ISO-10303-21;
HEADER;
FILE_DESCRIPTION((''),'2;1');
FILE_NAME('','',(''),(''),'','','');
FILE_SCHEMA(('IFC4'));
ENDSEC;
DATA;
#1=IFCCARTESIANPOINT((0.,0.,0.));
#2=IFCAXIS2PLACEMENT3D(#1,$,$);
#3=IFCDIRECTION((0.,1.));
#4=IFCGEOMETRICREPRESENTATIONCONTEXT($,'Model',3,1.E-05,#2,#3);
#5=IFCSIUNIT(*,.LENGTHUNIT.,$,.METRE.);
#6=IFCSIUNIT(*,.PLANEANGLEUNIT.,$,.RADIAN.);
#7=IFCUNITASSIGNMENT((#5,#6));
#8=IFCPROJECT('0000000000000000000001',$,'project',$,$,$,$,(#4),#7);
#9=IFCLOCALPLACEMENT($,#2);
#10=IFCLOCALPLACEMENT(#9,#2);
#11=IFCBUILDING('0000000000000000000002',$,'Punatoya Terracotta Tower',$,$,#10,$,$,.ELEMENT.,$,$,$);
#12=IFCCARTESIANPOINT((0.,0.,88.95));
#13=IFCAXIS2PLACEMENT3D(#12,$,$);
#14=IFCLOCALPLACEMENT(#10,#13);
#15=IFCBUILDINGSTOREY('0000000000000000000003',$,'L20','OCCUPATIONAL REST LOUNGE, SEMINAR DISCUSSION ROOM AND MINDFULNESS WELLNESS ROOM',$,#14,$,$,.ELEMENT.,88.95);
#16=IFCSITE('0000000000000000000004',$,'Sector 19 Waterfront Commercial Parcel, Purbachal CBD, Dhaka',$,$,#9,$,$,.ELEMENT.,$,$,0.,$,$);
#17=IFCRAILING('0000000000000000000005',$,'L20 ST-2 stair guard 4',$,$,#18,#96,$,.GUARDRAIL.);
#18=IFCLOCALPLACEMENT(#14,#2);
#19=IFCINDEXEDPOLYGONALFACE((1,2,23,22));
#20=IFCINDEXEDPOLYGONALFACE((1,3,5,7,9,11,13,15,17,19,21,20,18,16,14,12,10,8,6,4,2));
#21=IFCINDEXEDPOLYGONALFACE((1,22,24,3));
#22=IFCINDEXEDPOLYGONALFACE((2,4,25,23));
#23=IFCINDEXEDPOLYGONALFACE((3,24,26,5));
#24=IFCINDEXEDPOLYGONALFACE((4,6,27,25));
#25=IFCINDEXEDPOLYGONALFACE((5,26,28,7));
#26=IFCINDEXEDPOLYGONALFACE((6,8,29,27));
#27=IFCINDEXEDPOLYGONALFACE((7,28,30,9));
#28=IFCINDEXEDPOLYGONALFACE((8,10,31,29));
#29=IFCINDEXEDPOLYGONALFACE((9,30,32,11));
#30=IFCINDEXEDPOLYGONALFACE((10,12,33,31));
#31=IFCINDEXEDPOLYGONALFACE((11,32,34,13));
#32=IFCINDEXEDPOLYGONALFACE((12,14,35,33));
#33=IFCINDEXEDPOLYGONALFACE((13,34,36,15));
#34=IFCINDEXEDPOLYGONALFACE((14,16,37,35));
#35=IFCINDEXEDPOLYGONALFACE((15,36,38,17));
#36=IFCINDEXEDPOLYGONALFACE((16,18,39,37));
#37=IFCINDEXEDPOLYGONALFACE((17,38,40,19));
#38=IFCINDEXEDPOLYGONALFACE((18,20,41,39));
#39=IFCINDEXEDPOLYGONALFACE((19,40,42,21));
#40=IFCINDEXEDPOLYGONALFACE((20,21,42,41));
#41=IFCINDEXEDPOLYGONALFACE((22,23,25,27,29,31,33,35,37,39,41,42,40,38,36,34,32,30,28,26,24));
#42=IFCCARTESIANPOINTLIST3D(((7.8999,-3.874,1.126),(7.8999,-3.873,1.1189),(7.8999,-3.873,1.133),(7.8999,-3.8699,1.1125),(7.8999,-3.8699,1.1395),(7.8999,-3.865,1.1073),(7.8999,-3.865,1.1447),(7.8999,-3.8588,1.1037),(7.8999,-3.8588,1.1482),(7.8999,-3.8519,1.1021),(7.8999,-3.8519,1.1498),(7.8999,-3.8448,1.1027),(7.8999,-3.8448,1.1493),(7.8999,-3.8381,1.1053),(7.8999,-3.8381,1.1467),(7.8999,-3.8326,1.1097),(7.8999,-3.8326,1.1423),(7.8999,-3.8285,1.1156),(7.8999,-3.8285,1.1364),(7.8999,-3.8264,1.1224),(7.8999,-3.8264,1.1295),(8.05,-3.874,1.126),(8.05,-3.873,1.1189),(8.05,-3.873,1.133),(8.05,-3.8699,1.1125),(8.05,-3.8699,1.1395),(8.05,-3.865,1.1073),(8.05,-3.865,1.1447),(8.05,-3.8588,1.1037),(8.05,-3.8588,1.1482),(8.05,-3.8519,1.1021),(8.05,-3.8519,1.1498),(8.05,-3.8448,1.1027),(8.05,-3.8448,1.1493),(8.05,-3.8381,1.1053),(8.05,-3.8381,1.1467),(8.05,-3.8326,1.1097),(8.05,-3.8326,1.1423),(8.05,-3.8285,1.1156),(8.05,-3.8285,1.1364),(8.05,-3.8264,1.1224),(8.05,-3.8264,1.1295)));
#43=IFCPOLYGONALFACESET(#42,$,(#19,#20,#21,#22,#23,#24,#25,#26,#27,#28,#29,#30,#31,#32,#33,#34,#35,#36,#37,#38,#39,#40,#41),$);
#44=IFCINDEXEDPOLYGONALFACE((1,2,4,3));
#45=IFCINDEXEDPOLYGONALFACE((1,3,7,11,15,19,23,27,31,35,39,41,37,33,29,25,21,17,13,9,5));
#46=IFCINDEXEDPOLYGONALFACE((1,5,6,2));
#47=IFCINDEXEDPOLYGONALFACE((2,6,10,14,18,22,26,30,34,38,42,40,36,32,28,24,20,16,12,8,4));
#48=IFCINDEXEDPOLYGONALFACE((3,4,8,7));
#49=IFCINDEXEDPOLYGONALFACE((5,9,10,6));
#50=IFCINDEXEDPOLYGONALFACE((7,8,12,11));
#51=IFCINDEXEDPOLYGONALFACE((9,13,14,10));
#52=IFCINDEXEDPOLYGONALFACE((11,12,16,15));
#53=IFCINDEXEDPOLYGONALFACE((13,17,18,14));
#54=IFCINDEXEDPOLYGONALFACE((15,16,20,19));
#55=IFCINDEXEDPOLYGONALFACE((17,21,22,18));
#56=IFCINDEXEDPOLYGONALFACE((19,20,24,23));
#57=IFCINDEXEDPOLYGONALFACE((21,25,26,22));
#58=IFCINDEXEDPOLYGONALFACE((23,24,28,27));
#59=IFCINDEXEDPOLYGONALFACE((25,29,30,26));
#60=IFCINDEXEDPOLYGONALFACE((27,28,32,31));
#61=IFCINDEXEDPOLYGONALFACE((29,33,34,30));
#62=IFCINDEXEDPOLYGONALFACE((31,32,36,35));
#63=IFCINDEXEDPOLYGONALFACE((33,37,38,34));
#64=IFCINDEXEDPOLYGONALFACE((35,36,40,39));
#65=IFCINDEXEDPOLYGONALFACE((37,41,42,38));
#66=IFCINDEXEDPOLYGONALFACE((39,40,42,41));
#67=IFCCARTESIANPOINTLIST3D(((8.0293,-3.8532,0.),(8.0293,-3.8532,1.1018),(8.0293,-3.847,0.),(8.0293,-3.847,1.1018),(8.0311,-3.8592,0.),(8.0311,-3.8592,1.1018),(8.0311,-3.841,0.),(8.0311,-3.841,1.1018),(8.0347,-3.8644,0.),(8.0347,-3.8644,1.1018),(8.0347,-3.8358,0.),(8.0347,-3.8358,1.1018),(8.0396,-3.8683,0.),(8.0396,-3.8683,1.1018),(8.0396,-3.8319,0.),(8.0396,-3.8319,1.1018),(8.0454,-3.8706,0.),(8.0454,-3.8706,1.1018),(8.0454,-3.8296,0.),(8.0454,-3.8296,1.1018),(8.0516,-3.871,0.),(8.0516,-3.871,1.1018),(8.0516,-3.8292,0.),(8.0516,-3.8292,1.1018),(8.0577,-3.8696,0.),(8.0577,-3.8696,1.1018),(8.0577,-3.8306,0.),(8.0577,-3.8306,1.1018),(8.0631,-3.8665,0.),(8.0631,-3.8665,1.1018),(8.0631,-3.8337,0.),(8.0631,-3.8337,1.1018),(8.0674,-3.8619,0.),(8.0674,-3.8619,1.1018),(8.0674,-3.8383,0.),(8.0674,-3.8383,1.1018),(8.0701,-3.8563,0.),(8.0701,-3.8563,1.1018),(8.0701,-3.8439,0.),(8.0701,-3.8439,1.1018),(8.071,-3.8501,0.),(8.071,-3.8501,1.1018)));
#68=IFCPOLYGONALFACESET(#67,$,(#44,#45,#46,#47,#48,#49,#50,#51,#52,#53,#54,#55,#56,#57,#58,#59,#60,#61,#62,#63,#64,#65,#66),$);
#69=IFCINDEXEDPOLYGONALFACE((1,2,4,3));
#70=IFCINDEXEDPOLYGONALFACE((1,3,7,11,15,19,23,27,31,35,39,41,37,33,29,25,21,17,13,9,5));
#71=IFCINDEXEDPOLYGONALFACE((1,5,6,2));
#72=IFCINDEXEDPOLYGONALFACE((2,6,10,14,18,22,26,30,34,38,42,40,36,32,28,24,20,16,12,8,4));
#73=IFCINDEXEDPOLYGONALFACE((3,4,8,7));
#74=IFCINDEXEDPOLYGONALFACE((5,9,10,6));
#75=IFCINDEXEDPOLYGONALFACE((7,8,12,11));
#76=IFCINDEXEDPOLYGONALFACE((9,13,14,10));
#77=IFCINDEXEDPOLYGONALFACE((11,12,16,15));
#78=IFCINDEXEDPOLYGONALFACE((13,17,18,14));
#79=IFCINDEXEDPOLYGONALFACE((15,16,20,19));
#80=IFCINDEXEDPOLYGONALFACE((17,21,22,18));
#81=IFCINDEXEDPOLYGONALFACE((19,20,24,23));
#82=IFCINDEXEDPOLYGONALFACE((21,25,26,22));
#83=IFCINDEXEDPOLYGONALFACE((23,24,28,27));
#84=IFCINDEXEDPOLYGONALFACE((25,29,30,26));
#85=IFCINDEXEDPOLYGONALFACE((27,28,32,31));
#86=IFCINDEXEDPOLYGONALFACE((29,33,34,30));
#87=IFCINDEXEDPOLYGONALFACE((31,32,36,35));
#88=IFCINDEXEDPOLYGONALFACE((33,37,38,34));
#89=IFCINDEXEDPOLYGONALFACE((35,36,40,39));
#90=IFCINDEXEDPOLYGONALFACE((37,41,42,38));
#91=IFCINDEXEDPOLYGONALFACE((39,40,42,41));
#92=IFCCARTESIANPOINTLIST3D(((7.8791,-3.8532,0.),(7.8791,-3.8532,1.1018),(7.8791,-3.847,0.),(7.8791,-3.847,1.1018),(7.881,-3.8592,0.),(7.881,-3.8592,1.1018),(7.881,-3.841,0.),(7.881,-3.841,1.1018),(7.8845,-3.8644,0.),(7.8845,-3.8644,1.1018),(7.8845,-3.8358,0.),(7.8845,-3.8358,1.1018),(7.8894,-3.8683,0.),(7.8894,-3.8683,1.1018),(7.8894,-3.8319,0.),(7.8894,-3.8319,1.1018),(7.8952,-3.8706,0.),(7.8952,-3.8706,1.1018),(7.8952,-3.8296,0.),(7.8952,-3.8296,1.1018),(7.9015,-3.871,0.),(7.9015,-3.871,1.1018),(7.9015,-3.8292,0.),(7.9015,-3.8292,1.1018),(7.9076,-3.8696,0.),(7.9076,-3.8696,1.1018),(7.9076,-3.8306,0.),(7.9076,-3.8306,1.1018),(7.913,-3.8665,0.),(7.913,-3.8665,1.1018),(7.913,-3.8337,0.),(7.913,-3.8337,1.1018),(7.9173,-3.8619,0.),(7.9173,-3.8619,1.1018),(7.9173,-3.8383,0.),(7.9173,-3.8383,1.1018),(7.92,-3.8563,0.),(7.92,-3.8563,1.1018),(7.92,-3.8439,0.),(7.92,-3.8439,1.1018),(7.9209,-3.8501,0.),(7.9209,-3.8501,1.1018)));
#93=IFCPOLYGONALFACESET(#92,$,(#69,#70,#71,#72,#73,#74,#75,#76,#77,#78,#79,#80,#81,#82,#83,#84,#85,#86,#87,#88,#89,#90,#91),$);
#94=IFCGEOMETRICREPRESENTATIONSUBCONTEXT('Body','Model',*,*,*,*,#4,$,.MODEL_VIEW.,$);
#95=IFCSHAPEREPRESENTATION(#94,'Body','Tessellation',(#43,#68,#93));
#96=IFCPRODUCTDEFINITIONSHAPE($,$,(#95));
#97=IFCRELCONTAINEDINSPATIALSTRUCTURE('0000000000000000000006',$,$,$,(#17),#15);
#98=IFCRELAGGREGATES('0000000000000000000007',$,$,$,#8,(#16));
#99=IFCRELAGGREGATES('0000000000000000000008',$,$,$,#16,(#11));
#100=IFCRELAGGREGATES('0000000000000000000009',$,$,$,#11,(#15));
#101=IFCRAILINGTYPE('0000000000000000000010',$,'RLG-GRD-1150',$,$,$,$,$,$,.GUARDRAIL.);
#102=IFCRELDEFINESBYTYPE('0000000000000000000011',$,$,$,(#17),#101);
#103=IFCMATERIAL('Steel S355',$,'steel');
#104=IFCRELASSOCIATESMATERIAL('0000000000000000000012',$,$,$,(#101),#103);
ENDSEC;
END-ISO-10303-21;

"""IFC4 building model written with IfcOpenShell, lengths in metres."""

from ifc_helpers import new_model, si_unit, direction, frame, origin, origin_2d, place, context, subcontext, project, spatial, circle, extrude, material, type_object, element, save


model = new_model("IFC4")

# Units and contexts
model_context = context("Model", 3, precision=1e-05, world=origin(), true_north=direction((0.0, 1.0)))
body_context = subcontext(model_context, "Body", "Model", "MODEL_VIEW")
ifc_project = project(units=[si_unit("LENGTHUNIT", "METRE"), si_unit("PLANEANGLEUNIT", "RADIAN")], contexts=[model_context])

# Site, building, storey
site_placement = place(None, origin())
site = spatial("IfcSite", under=ifc_project, at=site_placement, Name="Sector 19 Waterfront Commercial Parcel, Purbachal CBD, Dhaka", CompositionType="ELEMENT", RefElevation=0.0)
building_placement = place(site_placement, origin())
building = spatial("IfcBuilding", under=site, at=building_placement, Name="Punatoya Terracotta Tower", CompositionType="ELEMENT")
storey_placement = place(building_placement, frame((0.0, 0.0, 88.95)))
storey = spatial("IfcBuildingStorey", under=building, at=storey_placement, Name="L20", Description="OCCUPATIONAL REST LOUNGE, SEMINAR DISCUSSION ROOM AND MINDFULNESS WELLNESS ROOM", CompositionType="ELEMENT", Elevation=88.95)

# Shared definitions
ifc_material_1 = material(Name="Steel S355", Category="steel")

# Railing
railing_type_1 = type_object("IfcRailingType", Name="RLG-GRD-1150", PredefinedType="GUARDRAIL", material=ifc_material_1)
railing_1_placement = place(storey_placement, frame((8.05, -3.8501, 0.0)))
element("IfcRailing", 1, at=railing_1_placement, inside=storey, type_object=railing_type_1, Name="L20 ST-2 stair guard 4", PredefinedType="GUARDRAIL", context=body_context, shape_type="SweptSolid", body=[
    extrude(circle(Radius=0.0239, at=origin_2d()), frame((0.0, 0.0, 1.126), z_axis=(-1.0, 0.0, 0.0), x_axis=(0.0, -1.0, 0.0)), (0.0, 0.0, 1.0), 0.1501),
    extrude(circle(Radius=0.021, at=origin_2d()), origin(), (0.0, 0.0, 1.0), 1.1018),
    extrude(circle(Radius=0.021, at=origin_2d()), frame((-0.1501, 0.0, 0.0)), (0.0, 0.0, 1.0), 1.1018),
])

save(model, "model.ifc")
